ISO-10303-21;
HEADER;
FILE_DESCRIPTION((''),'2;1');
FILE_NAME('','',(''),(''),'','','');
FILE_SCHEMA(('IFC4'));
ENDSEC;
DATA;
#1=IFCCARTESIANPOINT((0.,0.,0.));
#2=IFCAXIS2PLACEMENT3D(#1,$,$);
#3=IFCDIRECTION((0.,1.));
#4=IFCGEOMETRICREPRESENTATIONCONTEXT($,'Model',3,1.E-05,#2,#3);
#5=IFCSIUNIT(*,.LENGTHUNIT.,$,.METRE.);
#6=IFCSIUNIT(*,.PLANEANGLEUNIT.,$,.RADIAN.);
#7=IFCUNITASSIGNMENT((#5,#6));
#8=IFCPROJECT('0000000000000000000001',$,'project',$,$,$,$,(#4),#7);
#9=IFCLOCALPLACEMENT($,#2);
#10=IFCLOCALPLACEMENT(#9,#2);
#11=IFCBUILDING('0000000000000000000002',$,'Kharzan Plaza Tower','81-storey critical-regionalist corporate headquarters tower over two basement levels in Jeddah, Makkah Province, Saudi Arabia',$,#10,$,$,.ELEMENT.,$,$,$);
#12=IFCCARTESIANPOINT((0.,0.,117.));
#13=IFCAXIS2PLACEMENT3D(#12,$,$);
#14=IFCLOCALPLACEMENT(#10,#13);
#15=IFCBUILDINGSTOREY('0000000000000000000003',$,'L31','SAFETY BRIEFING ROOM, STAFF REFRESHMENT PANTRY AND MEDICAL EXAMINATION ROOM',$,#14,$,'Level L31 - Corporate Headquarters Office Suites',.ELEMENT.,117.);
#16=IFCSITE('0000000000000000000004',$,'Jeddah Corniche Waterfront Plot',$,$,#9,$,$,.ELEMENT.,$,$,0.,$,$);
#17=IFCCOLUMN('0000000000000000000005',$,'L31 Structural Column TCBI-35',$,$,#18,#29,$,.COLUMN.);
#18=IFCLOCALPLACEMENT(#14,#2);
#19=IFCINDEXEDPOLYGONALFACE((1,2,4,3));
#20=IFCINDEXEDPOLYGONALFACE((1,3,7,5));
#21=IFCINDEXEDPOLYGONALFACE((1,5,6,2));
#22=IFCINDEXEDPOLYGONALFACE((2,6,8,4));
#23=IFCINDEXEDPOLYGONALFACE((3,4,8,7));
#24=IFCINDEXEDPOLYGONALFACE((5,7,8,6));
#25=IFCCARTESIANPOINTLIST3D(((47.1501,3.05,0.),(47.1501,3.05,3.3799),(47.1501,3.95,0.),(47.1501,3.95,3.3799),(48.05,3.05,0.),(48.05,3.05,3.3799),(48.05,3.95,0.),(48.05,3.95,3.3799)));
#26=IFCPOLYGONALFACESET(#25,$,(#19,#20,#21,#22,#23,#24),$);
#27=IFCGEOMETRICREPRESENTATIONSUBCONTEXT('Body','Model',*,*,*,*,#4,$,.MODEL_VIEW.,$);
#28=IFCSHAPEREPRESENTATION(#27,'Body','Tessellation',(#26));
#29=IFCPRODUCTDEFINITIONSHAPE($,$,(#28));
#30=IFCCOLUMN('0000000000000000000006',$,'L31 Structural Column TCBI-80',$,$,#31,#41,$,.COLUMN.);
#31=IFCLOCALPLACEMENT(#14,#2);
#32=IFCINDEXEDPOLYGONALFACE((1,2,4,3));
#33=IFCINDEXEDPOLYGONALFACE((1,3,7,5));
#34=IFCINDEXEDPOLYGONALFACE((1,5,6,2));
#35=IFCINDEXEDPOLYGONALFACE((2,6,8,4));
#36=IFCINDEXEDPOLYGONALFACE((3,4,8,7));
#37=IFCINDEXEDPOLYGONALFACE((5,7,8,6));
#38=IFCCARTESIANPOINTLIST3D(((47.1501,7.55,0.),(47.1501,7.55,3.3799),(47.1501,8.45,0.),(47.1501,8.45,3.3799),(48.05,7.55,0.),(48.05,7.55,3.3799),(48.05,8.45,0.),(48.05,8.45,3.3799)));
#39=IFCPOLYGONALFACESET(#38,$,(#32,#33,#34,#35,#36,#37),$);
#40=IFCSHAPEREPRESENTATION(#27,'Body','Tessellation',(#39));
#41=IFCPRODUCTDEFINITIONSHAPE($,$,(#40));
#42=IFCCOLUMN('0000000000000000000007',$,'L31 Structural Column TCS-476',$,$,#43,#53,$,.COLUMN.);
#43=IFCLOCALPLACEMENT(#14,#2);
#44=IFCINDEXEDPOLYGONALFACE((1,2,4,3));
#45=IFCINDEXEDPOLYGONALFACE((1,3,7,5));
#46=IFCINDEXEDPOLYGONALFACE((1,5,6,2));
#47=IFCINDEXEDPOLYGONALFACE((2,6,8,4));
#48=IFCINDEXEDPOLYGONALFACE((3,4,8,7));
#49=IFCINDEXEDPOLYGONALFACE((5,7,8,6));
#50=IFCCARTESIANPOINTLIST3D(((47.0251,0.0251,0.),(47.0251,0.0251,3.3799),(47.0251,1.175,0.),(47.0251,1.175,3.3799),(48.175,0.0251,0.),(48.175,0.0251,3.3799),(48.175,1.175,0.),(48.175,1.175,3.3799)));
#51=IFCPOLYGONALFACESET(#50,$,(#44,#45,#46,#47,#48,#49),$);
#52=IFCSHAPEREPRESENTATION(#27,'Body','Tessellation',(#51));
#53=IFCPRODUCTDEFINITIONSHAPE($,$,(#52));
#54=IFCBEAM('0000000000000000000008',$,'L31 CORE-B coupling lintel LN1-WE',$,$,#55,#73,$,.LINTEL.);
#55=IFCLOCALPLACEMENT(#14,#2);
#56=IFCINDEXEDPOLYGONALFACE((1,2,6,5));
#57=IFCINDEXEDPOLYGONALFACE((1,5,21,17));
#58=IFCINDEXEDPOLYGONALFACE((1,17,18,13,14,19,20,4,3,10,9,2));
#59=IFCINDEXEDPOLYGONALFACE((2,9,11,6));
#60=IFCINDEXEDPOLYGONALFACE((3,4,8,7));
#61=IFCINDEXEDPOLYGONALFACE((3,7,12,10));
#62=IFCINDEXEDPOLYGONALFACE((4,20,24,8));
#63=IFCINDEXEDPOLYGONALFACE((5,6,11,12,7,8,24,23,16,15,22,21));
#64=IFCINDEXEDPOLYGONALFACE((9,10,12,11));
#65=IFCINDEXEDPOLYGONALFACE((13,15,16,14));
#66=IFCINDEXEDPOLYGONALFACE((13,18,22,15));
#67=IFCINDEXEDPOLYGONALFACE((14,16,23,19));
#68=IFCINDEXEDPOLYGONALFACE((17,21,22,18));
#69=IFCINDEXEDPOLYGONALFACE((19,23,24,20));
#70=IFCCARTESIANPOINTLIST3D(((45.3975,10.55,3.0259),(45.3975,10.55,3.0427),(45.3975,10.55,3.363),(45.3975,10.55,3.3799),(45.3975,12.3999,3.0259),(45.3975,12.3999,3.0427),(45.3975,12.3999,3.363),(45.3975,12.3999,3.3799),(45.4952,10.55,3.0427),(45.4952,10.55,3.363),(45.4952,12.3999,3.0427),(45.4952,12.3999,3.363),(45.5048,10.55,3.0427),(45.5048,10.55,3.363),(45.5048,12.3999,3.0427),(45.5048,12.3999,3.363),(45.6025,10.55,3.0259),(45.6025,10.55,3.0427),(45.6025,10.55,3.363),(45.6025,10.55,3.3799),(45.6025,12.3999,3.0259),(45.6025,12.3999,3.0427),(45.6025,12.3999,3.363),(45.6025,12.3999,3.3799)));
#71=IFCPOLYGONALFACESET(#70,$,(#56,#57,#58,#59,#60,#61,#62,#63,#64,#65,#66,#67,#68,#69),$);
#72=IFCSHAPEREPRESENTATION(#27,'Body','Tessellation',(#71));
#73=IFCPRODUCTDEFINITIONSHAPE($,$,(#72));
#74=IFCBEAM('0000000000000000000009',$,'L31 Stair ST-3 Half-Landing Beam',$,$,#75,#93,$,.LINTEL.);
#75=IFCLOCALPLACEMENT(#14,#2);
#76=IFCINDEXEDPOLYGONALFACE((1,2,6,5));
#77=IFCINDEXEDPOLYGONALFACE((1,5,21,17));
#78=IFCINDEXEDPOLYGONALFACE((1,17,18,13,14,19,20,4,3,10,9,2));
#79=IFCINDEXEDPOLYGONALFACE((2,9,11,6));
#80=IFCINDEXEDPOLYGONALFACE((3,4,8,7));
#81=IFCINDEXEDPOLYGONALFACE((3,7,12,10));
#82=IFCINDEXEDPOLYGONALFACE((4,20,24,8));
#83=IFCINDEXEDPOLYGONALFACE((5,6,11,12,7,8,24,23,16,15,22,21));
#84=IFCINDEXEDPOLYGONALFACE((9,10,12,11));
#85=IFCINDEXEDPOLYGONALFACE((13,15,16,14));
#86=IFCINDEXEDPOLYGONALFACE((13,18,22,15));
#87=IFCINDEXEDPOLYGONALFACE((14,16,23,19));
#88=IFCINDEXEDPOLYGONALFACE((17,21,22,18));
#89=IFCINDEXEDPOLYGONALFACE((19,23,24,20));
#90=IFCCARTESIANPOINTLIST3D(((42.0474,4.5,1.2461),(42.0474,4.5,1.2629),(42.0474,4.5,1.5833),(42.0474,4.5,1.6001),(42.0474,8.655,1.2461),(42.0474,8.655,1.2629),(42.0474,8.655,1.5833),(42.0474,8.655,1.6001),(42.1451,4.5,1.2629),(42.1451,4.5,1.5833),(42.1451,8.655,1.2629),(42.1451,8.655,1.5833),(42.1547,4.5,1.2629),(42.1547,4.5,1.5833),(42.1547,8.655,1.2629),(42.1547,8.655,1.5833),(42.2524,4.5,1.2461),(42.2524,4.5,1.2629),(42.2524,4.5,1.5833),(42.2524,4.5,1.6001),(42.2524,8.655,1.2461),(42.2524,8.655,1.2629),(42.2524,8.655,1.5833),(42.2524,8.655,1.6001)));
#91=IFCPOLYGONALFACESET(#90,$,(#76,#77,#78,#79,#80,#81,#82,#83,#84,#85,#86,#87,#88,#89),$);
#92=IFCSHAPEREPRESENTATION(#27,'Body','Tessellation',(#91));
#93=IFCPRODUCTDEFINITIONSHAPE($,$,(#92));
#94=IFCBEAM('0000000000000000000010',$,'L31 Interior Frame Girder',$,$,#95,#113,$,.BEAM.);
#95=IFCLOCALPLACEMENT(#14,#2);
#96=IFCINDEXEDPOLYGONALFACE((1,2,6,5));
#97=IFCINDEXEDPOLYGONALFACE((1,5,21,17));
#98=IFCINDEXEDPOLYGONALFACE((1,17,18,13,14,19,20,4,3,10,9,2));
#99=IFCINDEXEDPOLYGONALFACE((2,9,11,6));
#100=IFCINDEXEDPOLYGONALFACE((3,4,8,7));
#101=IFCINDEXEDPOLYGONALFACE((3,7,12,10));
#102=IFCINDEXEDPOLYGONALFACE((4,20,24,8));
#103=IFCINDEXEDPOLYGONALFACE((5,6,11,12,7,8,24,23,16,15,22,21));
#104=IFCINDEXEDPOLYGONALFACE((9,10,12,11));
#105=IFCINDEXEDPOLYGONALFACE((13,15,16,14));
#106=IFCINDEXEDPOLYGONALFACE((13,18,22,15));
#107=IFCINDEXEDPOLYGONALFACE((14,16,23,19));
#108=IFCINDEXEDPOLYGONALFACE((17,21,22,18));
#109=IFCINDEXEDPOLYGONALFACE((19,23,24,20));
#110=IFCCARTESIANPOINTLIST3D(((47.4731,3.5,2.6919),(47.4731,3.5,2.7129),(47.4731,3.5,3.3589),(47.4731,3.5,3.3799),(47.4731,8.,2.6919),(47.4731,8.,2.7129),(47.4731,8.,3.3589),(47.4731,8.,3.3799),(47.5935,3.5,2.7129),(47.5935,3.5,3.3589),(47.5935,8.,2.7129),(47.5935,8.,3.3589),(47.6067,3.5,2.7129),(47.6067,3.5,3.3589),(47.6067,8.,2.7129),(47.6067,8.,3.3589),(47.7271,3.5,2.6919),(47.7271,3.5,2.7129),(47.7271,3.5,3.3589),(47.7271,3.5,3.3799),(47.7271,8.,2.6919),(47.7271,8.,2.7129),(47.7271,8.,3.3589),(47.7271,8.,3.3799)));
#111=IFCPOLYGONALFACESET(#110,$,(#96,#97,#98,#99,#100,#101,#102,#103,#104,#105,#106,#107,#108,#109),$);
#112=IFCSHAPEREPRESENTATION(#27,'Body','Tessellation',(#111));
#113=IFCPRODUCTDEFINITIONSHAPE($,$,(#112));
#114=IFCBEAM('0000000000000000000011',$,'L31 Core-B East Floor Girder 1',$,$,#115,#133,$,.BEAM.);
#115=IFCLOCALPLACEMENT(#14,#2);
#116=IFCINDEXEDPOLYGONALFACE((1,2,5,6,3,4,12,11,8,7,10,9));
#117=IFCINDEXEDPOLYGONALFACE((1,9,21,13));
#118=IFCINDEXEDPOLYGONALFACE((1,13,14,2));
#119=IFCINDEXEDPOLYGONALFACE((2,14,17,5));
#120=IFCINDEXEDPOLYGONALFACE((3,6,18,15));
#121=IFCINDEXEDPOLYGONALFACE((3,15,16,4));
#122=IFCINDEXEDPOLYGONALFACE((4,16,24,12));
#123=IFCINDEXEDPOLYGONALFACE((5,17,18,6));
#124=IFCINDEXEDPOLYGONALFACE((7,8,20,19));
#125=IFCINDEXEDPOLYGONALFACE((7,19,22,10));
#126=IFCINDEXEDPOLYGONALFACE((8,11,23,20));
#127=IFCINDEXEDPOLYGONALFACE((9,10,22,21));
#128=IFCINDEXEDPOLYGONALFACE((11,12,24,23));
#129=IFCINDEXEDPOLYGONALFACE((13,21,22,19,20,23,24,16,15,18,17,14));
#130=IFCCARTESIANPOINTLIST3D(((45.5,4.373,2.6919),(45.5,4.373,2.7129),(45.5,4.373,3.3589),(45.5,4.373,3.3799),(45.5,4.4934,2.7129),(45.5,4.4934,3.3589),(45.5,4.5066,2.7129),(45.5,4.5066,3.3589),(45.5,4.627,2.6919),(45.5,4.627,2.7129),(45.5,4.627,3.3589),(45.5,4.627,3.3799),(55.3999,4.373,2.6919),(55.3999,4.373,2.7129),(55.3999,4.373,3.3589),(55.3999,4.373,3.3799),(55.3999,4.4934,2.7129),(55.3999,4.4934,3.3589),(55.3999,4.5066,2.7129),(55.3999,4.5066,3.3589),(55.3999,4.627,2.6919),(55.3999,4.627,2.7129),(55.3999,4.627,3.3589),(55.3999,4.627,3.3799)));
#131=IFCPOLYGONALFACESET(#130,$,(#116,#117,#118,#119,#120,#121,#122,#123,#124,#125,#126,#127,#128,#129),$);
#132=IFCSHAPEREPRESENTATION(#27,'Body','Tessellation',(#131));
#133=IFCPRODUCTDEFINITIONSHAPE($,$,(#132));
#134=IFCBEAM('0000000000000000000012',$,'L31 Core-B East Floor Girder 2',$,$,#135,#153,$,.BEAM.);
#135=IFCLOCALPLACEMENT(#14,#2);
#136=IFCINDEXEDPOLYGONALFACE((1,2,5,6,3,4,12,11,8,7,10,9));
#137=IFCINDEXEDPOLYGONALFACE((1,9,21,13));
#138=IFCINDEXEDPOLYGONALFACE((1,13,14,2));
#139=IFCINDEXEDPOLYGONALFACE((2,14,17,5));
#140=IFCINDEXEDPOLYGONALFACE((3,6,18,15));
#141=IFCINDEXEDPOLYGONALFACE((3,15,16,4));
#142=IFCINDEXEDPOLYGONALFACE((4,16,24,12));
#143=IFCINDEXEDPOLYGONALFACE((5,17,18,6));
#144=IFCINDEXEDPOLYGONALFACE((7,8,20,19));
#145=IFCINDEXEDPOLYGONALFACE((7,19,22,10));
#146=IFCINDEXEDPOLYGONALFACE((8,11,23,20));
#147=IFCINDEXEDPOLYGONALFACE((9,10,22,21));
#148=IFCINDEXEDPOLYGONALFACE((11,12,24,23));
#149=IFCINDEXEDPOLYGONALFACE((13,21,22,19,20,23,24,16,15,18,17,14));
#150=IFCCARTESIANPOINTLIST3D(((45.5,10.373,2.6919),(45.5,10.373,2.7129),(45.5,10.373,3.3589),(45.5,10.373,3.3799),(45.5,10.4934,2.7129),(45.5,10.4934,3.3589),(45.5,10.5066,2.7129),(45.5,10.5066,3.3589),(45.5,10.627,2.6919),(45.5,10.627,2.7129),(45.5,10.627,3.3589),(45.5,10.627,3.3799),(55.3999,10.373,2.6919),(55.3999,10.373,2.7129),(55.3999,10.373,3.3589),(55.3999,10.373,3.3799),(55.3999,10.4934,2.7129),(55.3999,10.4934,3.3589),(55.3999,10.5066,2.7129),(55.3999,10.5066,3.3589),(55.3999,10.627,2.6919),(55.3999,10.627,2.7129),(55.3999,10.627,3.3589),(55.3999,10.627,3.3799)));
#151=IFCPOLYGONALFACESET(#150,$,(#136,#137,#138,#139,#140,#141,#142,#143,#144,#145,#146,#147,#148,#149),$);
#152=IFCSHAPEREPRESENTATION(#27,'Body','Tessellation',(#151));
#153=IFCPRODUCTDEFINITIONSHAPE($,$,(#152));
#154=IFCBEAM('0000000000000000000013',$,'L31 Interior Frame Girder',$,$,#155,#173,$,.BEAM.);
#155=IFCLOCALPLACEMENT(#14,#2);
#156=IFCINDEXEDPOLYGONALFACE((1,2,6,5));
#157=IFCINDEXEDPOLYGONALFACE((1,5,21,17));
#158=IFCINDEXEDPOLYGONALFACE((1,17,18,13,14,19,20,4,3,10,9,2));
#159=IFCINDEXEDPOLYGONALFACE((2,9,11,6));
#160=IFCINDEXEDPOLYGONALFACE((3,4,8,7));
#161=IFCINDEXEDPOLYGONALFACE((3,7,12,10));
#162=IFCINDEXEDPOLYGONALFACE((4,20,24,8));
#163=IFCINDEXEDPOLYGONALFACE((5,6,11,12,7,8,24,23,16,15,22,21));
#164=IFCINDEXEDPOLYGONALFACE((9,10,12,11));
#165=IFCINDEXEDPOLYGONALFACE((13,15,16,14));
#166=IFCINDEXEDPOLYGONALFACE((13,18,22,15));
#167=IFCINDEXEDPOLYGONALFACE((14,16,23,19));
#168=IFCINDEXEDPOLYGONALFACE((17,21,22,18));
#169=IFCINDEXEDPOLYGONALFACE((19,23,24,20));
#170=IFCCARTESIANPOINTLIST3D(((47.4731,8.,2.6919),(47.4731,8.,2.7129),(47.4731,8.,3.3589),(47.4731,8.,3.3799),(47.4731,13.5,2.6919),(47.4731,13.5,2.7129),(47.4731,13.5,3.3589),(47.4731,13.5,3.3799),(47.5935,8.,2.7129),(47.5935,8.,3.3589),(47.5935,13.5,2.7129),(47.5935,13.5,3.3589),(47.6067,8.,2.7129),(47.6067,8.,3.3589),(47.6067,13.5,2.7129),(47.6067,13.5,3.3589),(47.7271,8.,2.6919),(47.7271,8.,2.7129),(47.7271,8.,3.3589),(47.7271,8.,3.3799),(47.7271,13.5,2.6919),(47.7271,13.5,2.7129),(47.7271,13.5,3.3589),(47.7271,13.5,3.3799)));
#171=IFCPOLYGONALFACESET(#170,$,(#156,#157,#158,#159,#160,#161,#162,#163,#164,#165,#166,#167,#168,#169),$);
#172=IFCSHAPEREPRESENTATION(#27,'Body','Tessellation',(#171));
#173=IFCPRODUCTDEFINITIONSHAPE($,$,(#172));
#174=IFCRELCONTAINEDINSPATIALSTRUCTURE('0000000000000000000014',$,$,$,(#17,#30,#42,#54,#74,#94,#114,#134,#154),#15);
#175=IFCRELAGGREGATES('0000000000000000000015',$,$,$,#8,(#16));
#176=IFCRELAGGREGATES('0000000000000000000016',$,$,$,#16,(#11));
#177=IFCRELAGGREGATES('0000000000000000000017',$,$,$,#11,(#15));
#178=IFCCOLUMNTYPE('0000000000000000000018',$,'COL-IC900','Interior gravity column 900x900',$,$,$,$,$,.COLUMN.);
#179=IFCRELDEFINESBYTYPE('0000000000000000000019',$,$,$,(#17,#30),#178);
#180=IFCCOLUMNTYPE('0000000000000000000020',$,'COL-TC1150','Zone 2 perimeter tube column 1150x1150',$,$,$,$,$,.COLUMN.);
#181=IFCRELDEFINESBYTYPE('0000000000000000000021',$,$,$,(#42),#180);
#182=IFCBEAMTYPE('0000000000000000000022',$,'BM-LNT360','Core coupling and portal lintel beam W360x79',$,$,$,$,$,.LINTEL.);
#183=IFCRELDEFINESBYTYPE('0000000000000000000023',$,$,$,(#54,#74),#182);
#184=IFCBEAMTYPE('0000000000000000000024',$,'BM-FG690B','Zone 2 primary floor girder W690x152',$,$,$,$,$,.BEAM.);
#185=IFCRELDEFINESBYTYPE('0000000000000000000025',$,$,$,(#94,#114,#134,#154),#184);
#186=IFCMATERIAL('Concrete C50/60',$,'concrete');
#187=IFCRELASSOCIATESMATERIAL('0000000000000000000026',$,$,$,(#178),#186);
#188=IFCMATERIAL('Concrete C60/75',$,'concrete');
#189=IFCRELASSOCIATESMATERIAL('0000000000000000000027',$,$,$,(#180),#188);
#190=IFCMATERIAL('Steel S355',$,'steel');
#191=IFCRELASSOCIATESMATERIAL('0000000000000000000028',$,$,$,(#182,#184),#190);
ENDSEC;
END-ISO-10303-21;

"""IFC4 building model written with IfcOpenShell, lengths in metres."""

from ifc_helpers import new_model, si_unit, direction, frame, origin, origin_2d, place, context, subcontext, project, spatial, rectangle, i_section, extrude, source, transform, mapped, material, material_profile, profile_set, type_object, element, save


model = new_model("IFC4")

# Units and contexts
model_context = context("Model", 3, precision=1e-05, world=origin(), true_north=direction((0.0, 1.0)))
body_context = subcontext(model_context, "Body", "Model", "MODEL_VIEW")
ifc_project = project(units=[si_unit("LENGTHUNIT", "METRE"), si_unit("PLANEANGLEUNIT", "RADIAN")], contexts=[model_context])

# Site, building, storey
site_placement = place(None, origin())
site = spatial("IfcSite", under=ifc_project, at=site_placement, Name="Jeddah Corniche Waterfront Plot", CompositionType="ELEMENT", RefElevation=0.0)
building_placement = place(site_placement, origin())
building = spatial("IfcBuilding", under=site, at=building_placement, Name="Kharzan Plaza Tower", Description="81-storey critical-regionalist corporate headquarters tower over two basement levels in Jeddah, Makkah Province, Saudi Arabia", CompositionType="ELEMENT")
storey_placement = place(building_placement, frame((0.0, 0.0, 117.0)))
storey = spatial("IfcBuildingStorey", under=building, at=storey_placement, Name="L31", Description="SAFETY BRIEFING ROOM, STAFF REFRESHMENT PANTRY AND MEDICAL EXAMINATION ROOM", LongName="Level L31 - Corporate Headquarters Office Suites", CompositionType="ELEMENT", Elevation=117.0)

# Columns
ifc_material_1 = material(Name="Concrete C50/60", Category="concrete")
ifc_material_profile_1 = material_profile(ifc_material_1, rectangle(XDim=0.8999, YDim=0.8999, at=origin_2d()), Name="RC-IC900x900")
ifc_profile_set_1 = profile_set([ifc_material_profile_1], Name="Concrete C50/60")
column_type_1 = type_object("IfcColumnType", Name="COL-IC900", Description="Interior gravity column 900x900", PredefinedType="COLUMN", material=ifc_profile_set_1)
shared_shape_1 = source(origin(), body_context, "Body", "SweptSolid", [
    extrude(rectangle(XDim=0.8999, YDim=0.8999, at=origin_2d()), origin(), (0.0, 0.0, 1.0), 3.3799),
])
for number, where, z_axis, x_axis, name in (
    (1, (47.6001, 3.5, 0.0), (0.0, 0.0, 1.0), (1.0, 0.0, 0.0), "L31 Structural Column TCBI-35"),
    (2, (47.6001, 8.0, 0.0), (0.0, 0.0, 1.0), (1.0, 0.0, 0.0), "L31 Structural Column TCBI-80"),
):
    element("IfcColumn", number, at=place(storey_placement, frame(where, z_axis=z_axis, x_axis=x_axis)), inside=storey, type_object=column_type_1, Name=name, PredefinedType="COLUMN", context=body_context, shape_type="MappedRepresentation", body=[
        mapped(shared_shape_1, transform((0.0, 0.0, 0.0), x_axis=(1.0, 0.0, 0.0), y_axis=(0.0, 1.0, 0.0), z_axis=(0.0, 0.0, 1.0))),
    ])
ifc_material_2 = material(Name="Concrete C60/75", Category="concrete")
ifc_material_profile_2 = material_profile(ifc_material_2, rectangle(XDim=1.1499, YDim=1.1499, at=origin_2d()), Name="RC-TC1150x1150")
ifc_profile_set_2 = profile_set([ifc_material_profile_2], Name="Concrete C60/75")
column_type_2 = type_object("IfcColumnType", Name="COL-TC1150", Description="Zone 2 perimeter tube column 1150x1150", PredefinedType="COLUMN", material=ifc_profile_set_2)
shared_shape_2 = source(origin(), body_context, "Body", "SweptSolid", [
    extrude(rectangle(XDim=1.1499, YDim=1.1499, at=origin_2d()), origin(), (0.0, 0.0, 1.0), 3.3799),
])
column_placement = place(storey_placement, frame((47.6001, 0.6001, 0.0), z_axis=(0.0, 0.0, 1.0), x_axis=(1.0, 0.0, 0.0)))
element("IfcColumn", 3, at=column_placement, inside=storey, type_object=column_type_2, Name="L31 Structural Column TCS-476", PredefinedType="COLUMN", context=body_context, shape_type="MappedRepresentation", body=[
    mapped(shared_shape_2, transform((0.0, 0.0, 0.0), x_axis=(1.0, 0.0, 0.0), y_axis=(0.0, 1.0, 0.0), z_axis=(0.0, 0.0, 1.0))),
])

# Beams
ifc_material_3 = material(Name="Steel S355", Category="steel")
ifc_material_profile_3 = material_profile(ifc_material_3, i_section(OverallWidth=0.2051, OverallDepth=0.354, WebThickness=0.0095, FlangeThickness=0.0168, at=origin_2d()), Name="W360x79")
ifc_profile_set_3 = profile_set([ifc_material_profile_3], Name="Steel S355")
beam_type_1 = type_object("IfcBeamType", Name="BM-LNT360", Description="Core coupling and portal lintel beam W360x79", PredefinedType="LINTEL", material=ifc_profile_set_3)
shared_shape_3 = source(origin(), body_context, "Body", "SweptSolid", [
    extrude(i_section(OverallWidth=0.2051, OverallDepth=0.354, WebThickness=0.0095, FlangeThickness=0.0168, at=origin_2d()), origin(), (0.0, 0.0, 1.0), 1.8499),
])
beam_1_placement = place(storey_placement, frame((45.5, 10.55, 3.2029), z_axis=(0.0, 1.0, 0.0), x_axis=(-1.0, 0.0, 0.0)))
element("IfcBeam", 4, at=beam_1_placement, inside=storey, type_object=beam_type_1, Name="L31 CORE-B coupling lintel LN1-WE", PredefinedType="LINTEL", context=body_context, shape_type="MappedRepresentation", body=[
    mapped(shared_shape_3, transform((0.0, 0.0, 0.0), x_axis=(1.0, 0.0, 0.0), y_axis=(0.0, 1.0, 0.0), z_axis=(0.0, 0.0, 1.0))),
])
shared_shape_4 = source(origin(), body_context, "Body", "SweptSolid", [
    extrude(i_section(OverallWidth=0.2051, OverallDepth=0.354, WebThickness=0.0095, FlangeThickness=0.0168, at=origin_2d()), origin(), (0.0, 0.0, 1.0), 4.155),
])
beam_2_placement = place(storey_placement, frame((42.1499, 4.5, 1.4231), z_axis=(0.0, 1.0, 0.0), x_axis=(-1.0, 0.0, 0.0)))
element("IfcBeam", 5, at=beam_2_placement, inside=storey, type_object=beam_type_1, Name="L31 Stair ST-3 Half-Landing Beam", PredefinedType="LINTEL", context=body_context, shape_type="MappedRepresentation", body=[
    mapped(shared_shape_4, transform((0.0, 0.0, 0.0), x_axis=(1.0, 0.0, 0.0), y_axis=(0.0, 1.0, 0.0), z_axis=(0.0, 0.0, 1.0))),
])
ifc_material_profile_4 = material_profile(ifc_material_3, i_section(OverallWidth=0.2539, OverallDepth=0.688, WebThickness=0.0132, FlangeThickness=0.021, at=origin_2d()), Name="W690x152")
ifc_profile_set_4 = profile_set([ifc_material_profile_4], Name="Steel S355")
beam_type_2 = type_object("IfcBeamType", Name="BM-FG690B", Description="Zone 2 primary floor girder W690x152", PredefinedType="BEAM", material=ifc_profile_set_4)
shared_shape_5 = source(origin(), body_context, "Body", "SweptSolid", [
    extrude(i_section(OverallWidth=0.2539, OverallDepth=0.688, WebThickness=0.0132, FlangeThickness=0.021, at=origin_2d()), origin(), (0.0, 0.0, 1.0), 4.5),
])
beam_3_placement = place(storey_placement, frame((47.6001, 3.5, 3.0359), z_axis=(0.0, 1.0, 0.0), x_axis=(-1.0, 0.0, 0.0)))
element("IfcBeam", 6, at=beam_3_placement, inside=storey, type_object=beam_type_2, Name="L31 Interior Frame Girder", PredefinedType="BEAM", context=body_context, shape_type="MappedRepresentation", body=[
    mapped(shared_shape_5, transform((0.0, 0.0, 0.0), x_axis=(1.0, 0.0, 0.0), y_axis=(0.0, 1.0, 0.0), z_axis=(0.0, 0.0, 1.0))),
])
shared_shape_6 = source(origin(), body_context, "Body", "SweptSolid", [
    extrude(i_section(OverallWidth=0.2539, OverallDepth=0.688, WebThickness=0.0132, FlangeThickness=0.021, at=origin_2d()), origin(), (0.0, 0.0, 1.0), 9.8999),
])
for number, where, z_axis, x_axis, name in (
    (7, (45.5, 4.5, 3.0359), (1.0, 0.0, 0.0), (0.0, 1.0, 0.0), "L31 Core-B East Floor Girder 1"),
    (8, (45.5, 10.5, 3.0359), (1.0, 0.0, 0.0), (0.0, 1.0, 0.0), "L31 Core-B East Floor Girder 2"),
):
    element("IfcBeam", number, at=place(storey_placement, frame(where, z_axis=z_axis, x_axis=x_axis)), inside=storey, type_object=beam_type_2, Name=name, PredefinedType="BEAM", context=body_context, shape_type="MappedRepresentation", body=[
        mapped(shared_shape_6, transform((0.0, 0.0, 0.0), x_axis=(1.0, 0.0, 0.0), y_axis=(0.0, 1.0, 0.0), z_axis=(0.0, 0.0, 1.0))),
    ])
shared_shape_7 = source(origin(), body_context, "Body", "SweptSolid", [
    extrude(i_section(OverallWidth=0.2539, OverallDepth=0.688, WebThickness=0.0132, FlangeThickness=0.021, at=origin_2d()), origin(), (0.0, 0.0, 1.0), 5.5),
])
beam_4_placement = place(storey_placement, frame((47.6001, 8.0, 3.0359), z_axis=(0.0, 1.0, 0.0), x_axis=(-1.0, 0.0, 0.0)))
element("IfcBeam", 9, at=beam_4_placement, inside=storey, type_object=beam_type_2, Name="L31 Interior Frame Girder", PredefinedType="BEAM", context=body_context, shape_type="MappedRepresentation", body=[
    mapped(shared_shape_7, transform((0.0, 0.0, 0.0), x_axis=(1.0, 0.0, 0.0), y_axis=(0.0, 1.0, 0.0), z_axis=(0.0, 0.0, 1.0))),
])

save(model, "model.ifc")
